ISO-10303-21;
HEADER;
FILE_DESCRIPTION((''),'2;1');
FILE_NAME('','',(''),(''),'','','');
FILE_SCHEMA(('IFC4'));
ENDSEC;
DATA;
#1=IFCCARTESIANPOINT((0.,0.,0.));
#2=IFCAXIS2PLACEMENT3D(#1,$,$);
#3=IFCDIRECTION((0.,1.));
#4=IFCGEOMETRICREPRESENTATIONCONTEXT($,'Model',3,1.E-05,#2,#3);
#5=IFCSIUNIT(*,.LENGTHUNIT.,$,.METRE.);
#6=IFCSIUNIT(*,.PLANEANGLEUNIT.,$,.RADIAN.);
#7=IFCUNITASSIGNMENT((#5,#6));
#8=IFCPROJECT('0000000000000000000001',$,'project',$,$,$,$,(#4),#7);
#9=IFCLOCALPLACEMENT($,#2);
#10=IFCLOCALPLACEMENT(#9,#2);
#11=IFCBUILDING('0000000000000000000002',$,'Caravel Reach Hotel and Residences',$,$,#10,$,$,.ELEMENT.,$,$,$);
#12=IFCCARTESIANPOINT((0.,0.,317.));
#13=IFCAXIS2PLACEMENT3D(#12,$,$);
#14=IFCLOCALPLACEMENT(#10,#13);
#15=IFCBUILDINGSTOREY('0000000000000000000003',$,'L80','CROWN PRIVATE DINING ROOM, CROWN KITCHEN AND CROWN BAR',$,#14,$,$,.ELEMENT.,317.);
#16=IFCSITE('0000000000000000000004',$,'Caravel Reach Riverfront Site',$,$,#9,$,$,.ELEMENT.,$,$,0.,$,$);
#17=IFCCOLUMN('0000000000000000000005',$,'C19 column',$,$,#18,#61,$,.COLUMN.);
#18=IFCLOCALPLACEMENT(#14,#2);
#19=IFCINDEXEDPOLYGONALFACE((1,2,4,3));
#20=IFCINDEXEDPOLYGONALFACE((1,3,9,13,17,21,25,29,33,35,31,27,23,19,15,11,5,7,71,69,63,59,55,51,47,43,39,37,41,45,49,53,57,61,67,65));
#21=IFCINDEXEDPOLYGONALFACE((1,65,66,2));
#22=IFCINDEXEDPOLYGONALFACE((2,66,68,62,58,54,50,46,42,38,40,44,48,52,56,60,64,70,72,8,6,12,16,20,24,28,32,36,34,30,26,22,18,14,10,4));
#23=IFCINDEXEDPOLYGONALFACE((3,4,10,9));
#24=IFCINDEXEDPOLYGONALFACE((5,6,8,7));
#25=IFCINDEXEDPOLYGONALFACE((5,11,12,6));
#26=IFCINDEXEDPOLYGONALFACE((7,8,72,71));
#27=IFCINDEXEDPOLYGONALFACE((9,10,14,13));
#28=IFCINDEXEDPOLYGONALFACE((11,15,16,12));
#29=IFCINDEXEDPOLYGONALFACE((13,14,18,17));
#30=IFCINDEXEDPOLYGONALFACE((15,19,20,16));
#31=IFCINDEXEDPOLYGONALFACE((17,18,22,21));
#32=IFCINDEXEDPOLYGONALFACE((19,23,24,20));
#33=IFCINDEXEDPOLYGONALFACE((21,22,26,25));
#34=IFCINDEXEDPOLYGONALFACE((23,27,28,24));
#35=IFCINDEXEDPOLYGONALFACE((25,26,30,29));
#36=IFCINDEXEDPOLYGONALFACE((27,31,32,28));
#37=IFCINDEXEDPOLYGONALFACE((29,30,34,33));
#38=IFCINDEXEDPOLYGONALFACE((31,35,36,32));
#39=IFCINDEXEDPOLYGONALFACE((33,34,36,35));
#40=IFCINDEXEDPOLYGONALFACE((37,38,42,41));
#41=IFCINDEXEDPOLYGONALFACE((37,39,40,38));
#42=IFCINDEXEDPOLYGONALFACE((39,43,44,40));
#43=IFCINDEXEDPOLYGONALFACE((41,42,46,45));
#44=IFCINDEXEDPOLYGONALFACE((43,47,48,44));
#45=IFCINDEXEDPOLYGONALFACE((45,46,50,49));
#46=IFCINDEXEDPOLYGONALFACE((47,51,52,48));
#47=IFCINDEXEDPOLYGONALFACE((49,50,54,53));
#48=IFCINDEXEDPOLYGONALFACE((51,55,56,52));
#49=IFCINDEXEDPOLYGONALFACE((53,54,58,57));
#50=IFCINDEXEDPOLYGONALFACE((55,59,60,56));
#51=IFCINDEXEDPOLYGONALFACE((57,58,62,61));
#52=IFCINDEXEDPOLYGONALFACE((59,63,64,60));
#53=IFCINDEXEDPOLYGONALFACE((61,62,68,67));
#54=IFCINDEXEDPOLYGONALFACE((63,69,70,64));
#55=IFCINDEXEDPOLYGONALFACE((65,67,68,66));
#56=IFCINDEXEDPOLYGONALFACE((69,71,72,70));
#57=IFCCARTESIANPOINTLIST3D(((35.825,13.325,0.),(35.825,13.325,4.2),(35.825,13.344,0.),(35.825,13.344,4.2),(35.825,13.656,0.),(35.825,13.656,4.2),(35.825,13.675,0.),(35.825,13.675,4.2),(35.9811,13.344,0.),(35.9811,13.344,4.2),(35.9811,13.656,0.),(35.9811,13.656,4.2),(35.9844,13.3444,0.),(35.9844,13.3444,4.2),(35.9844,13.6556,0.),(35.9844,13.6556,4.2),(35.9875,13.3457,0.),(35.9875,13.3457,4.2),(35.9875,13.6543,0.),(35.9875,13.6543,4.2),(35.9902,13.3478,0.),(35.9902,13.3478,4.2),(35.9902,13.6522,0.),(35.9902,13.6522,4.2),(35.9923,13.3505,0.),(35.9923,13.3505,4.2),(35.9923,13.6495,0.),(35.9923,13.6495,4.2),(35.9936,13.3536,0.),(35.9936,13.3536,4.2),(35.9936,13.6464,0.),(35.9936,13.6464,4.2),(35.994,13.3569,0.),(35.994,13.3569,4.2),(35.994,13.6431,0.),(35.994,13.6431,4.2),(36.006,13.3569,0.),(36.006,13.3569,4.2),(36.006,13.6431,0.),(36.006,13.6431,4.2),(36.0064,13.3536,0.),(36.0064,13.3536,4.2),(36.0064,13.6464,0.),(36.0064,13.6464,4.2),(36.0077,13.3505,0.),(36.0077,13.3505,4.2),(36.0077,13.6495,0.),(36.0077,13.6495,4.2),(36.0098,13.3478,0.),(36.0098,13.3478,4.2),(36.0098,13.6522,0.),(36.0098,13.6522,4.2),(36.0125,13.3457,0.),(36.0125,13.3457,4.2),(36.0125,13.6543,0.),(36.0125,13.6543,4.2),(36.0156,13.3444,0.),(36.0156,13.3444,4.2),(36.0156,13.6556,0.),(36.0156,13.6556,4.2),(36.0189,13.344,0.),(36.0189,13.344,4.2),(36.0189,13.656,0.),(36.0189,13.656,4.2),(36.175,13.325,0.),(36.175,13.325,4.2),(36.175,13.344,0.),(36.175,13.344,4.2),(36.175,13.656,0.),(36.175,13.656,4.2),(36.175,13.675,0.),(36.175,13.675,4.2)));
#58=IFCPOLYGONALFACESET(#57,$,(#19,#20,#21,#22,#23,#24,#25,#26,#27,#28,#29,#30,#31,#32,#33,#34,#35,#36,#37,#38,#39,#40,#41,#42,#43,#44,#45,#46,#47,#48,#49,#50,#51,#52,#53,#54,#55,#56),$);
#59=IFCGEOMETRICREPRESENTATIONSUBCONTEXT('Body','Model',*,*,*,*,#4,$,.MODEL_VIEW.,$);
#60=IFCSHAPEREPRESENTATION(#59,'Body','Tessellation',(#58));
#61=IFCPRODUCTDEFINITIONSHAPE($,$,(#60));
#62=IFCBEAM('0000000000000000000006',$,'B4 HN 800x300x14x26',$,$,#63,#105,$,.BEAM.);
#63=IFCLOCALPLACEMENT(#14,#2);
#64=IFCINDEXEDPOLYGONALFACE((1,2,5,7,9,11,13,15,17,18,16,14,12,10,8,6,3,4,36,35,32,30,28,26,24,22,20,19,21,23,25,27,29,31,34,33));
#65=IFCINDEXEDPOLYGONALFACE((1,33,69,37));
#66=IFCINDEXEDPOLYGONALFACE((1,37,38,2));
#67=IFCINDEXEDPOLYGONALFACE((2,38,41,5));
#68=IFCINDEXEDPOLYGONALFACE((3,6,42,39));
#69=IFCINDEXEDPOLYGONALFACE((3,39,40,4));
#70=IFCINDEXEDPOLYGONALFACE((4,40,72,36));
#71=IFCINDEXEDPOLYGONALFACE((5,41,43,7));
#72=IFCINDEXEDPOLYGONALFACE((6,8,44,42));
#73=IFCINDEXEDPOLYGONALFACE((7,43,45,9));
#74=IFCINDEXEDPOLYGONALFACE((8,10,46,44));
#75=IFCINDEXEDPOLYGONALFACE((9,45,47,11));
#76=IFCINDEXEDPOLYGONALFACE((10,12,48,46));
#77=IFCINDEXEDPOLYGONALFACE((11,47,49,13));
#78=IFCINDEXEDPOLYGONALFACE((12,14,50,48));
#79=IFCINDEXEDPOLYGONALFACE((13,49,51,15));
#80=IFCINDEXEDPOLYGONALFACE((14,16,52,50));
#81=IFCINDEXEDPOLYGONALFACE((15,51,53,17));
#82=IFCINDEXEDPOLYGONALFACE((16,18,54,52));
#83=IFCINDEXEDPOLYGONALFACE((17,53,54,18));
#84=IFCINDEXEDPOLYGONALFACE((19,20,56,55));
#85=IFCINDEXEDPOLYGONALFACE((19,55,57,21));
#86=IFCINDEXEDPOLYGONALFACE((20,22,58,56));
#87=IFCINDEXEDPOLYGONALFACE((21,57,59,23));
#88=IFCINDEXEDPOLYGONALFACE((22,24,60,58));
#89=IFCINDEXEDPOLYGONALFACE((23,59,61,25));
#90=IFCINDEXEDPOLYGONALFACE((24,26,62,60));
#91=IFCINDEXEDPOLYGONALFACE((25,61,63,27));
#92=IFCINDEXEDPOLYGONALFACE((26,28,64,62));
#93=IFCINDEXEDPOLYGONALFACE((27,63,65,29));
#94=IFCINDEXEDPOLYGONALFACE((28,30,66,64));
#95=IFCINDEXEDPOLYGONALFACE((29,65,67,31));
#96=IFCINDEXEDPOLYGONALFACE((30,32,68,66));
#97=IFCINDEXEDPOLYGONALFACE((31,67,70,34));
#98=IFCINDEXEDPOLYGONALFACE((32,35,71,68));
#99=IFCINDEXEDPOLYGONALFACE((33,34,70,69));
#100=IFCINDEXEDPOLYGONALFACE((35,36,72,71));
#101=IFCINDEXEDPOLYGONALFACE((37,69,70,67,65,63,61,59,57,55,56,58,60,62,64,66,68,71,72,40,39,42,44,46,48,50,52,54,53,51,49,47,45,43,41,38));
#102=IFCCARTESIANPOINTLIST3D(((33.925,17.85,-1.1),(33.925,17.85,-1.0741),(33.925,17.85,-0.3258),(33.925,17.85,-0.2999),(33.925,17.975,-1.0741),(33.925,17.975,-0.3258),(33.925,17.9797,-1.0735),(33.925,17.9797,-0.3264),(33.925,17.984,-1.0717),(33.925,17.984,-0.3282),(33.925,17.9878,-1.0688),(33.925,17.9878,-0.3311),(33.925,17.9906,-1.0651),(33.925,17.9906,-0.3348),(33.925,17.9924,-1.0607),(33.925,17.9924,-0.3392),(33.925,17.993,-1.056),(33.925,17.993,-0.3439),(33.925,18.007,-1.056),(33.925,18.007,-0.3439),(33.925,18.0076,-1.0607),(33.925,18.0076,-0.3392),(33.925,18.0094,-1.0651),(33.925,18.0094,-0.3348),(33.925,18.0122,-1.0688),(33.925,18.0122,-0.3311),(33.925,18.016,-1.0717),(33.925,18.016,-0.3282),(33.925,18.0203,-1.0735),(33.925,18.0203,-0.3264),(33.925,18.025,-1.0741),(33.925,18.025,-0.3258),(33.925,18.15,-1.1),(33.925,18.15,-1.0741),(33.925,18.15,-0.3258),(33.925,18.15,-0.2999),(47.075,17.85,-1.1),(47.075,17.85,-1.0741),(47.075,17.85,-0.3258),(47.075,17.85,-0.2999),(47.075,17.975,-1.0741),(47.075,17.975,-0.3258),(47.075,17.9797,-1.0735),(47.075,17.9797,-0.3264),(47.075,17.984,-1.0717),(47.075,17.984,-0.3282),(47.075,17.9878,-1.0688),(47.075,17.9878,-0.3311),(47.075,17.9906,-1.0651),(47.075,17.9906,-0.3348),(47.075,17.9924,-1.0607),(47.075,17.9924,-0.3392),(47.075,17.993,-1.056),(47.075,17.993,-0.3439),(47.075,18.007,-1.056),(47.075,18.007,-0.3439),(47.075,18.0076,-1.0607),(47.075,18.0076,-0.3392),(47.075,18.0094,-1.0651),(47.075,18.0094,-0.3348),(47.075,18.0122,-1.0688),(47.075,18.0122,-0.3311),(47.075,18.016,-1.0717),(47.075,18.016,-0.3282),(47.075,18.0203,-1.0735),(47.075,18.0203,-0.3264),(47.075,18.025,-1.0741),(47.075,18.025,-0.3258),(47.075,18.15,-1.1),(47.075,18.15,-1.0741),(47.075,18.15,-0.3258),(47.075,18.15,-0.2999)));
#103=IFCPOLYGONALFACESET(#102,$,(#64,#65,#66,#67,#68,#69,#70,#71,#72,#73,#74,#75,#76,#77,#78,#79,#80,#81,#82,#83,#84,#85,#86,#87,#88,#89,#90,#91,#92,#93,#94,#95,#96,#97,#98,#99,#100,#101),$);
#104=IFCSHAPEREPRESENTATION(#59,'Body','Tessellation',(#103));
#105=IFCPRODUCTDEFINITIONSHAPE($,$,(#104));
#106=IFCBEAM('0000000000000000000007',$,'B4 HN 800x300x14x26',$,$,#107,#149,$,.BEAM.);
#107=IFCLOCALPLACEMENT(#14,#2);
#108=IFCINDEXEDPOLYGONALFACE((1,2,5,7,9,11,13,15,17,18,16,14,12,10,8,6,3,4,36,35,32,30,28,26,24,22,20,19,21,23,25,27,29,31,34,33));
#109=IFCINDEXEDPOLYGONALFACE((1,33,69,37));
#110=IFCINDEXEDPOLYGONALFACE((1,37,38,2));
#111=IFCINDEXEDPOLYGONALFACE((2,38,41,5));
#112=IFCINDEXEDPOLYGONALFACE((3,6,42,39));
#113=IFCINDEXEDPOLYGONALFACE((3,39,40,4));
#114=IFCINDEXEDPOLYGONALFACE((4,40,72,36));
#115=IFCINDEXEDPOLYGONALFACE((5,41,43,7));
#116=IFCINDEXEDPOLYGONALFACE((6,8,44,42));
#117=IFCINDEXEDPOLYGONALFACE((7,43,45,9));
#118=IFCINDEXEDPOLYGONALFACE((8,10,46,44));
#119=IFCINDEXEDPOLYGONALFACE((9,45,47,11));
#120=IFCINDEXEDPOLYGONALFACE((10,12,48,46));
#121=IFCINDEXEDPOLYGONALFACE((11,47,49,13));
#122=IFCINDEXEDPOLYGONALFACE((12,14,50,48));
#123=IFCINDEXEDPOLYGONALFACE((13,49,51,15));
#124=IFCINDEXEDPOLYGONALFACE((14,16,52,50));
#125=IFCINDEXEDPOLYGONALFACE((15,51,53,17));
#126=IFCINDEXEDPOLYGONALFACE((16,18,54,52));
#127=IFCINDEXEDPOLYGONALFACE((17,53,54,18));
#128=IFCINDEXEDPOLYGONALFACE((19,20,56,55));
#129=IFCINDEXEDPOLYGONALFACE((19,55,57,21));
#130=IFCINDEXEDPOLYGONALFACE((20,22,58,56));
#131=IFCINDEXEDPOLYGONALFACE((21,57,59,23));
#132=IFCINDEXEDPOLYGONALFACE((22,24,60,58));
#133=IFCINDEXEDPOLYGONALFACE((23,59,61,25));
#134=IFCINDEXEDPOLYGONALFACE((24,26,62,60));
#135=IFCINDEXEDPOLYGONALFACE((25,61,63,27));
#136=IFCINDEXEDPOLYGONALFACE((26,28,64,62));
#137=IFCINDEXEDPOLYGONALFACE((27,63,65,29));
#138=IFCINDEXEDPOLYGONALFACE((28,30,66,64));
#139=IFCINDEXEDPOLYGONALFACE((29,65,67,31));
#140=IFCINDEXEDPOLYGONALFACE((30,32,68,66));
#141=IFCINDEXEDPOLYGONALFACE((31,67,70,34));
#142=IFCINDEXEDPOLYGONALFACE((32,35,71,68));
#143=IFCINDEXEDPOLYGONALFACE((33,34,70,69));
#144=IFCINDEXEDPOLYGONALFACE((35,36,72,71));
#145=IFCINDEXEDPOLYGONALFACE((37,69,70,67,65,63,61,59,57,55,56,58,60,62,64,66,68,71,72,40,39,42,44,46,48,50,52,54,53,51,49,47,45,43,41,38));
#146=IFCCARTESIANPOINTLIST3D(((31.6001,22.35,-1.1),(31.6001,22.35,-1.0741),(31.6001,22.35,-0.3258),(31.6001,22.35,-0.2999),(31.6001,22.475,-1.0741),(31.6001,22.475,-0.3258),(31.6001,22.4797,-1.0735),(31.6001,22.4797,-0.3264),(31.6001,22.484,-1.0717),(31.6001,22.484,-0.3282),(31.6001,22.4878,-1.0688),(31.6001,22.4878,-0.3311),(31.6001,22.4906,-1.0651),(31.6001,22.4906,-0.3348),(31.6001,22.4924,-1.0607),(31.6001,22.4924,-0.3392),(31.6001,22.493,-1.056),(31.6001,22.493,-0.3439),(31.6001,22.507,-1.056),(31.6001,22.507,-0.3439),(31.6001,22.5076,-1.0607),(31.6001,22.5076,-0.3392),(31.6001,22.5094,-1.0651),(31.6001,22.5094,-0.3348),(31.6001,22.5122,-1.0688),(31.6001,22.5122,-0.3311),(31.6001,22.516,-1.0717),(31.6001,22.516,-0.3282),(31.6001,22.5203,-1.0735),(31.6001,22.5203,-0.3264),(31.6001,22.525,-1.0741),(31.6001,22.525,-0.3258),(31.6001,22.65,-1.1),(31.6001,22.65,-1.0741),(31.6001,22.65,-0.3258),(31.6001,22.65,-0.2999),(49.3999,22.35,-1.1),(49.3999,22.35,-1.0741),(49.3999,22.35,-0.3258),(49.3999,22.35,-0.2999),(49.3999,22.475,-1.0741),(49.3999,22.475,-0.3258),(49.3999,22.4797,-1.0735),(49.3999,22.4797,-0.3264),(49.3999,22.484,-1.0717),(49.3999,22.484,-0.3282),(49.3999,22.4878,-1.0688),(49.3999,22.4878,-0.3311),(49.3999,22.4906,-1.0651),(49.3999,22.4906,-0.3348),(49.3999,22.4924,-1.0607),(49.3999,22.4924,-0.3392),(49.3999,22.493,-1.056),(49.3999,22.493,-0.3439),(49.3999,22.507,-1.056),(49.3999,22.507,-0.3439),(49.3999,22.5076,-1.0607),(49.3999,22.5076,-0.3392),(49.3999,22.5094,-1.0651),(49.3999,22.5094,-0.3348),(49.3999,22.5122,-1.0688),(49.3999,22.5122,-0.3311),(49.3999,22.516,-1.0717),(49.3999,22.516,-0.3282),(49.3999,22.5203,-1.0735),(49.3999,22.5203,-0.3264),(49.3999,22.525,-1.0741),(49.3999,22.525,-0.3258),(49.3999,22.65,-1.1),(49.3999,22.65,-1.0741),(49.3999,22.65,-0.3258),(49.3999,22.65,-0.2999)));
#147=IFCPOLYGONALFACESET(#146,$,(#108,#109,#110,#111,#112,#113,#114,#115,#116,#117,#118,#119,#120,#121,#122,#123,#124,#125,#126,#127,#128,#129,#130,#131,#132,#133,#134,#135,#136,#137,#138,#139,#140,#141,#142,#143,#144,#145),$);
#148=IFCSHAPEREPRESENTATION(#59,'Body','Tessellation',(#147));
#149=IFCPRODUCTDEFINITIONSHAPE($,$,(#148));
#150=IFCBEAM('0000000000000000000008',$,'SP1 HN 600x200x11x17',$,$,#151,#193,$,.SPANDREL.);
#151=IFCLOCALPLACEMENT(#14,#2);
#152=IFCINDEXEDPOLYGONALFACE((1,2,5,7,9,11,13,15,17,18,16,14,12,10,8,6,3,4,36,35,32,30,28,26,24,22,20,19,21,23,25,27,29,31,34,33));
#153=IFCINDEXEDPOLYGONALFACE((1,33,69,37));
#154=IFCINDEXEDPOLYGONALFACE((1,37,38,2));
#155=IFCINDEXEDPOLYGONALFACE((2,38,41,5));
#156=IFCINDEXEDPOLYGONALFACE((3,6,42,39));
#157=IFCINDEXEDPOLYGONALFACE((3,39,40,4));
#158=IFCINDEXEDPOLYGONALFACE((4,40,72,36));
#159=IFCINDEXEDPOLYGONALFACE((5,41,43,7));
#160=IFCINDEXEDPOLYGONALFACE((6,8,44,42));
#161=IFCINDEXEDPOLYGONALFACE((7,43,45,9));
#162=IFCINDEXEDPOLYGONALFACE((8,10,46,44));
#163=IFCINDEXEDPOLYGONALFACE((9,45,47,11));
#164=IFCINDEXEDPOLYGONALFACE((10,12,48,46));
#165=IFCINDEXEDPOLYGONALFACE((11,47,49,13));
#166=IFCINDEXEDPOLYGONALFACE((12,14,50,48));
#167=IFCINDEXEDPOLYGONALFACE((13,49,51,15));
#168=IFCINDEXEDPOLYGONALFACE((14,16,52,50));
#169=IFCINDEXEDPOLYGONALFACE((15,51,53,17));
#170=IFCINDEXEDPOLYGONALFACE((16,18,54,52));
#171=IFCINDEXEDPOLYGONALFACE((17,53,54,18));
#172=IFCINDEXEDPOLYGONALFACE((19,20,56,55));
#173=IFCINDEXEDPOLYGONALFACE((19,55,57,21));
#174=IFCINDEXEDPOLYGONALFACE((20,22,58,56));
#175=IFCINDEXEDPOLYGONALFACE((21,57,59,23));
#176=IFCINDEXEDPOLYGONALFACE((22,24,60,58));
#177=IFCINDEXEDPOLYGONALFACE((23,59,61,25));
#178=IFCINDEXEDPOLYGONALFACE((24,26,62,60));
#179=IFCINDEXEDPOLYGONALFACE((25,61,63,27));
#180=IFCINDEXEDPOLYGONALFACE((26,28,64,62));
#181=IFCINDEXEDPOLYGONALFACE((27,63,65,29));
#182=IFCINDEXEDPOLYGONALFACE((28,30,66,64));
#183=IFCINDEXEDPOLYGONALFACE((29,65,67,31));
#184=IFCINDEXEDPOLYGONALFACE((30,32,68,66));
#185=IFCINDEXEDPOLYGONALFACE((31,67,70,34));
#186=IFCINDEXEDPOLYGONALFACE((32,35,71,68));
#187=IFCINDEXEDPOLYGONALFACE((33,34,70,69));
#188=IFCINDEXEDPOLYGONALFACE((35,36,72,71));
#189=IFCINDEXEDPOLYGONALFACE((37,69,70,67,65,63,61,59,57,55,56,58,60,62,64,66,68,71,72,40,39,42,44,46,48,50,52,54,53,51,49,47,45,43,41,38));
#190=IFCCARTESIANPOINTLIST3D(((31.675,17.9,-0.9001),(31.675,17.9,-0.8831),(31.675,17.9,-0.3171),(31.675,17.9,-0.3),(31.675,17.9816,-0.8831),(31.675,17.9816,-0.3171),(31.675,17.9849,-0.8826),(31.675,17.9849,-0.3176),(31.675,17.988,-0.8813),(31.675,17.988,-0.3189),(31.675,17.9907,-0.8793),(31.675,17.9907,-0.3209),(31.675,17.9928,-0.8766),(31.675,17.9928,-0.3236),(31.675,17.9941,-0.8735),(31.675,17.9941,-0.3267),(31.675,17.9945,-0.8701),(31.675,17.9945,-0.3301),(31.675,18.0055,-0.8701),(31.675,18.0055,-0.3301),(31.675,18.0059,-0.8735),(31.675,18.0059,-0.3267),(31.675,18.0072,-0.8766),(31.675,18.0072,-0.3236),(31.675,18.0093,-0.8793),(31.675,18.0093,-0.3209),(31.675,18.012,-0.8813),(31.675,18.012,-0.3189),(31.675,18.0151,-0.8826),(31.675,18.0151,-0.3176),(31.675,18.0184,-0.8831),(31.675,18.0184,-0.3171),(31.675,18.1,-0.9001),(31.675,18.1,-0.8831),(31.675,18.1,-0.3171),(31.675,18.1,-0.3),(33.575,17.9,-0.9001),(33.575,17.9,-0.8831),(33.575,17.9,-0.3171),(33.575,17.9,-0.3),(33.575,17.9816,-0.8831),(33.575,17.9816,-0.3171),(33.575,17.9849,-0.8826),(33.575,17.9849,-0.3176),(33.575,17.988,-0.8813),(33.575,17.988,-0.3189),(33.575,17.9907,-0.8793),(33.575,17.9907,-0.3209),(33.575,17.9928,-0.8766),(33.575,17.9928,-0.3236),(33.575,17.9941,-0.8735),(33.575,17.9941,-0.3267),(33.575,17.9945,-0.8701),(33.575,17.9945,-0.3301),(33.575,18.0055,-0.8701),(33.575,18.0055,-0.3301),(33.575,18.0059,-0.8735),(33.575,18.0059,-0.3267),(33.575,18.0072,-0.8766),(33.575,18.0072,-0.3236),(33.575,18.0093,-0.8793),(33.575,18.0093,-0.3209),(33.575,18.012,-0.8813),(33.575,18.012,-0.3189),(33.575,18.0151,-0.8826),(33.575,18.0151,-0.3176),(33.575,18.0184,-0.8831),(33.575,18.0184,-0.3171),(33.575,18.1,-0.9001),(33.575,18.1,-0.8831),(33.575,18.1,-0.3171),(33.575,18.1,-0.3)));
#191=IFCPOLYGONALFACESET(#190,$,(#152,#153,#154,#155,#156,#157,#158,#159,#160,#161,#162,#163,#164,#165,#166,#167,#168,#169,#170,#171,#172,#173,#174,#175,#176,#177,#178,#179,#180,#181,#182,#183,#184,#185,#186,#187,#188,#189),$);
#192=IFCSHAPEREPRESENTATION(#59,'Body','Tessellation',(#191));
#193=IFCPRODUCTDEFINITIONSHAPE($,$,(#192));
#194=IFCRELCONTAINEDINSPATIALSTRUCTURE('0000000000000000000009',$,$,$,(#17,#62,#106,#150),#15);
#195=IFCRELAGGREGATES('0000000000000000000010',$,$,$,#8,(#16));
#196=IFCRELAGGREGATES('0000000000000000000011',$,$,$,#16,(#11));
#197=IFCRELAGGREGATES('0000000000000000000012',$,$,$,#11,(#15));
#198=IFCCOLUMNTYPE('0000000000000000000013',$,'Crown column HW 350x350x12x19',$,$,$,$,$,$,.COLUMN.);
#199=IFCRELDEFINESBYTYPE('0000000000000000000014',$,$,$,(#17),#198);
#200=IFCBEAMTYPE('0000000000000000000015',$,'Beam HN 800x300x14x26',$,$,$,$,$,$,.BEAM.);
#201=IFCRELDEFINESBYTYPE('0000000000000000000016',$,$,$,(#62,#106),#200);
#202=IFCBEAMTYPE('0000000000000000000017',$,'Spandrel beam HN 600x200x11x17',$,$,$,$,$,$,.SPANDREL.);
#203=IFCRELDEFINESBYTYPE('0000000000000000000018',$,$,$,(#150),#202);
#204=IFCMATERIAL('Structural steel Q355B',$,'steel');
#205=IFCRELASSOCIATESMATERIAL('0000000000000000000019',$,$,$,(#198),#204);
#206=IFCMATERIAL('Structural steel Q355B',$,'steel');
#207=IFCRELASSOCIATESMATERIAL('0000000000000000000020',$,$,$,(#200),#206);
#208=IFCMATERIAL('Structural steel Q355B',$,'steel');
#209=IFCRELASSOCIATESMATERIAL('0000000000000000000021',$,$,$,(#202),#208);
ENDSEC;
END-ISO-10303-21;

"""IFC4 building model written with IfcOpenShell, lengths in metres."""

from ifc_helpers import new_model, si_unit, direction, frame, origin, origin_2d, place, context, subcontext, project, spatial, i_section, extrude, material, material_profile, profile_set, type_object, element, save


model = new_model("IFC4")

# Units and contexts
model_context = context("Model", 3, precision=1e-05, world=origin(), true_north=direction((0.0, 1.0)))
body_context = subcontext(model_context, "Body", "Model", "MODEL_VIEW")
ifc_project = project(units=[si_unit("LENGTHUNIT", "METRE"), si_unit("PLANEANGLEUNIT", "RADIAN")], contexts=[model_context])

# Site, building, storey
site_placement = place(None, origin())
site = spatial("IfcSite", under=ifc_project, at=site_placement, Name="Caravel Reach Riverfront Site", CompositionType="ELEMENT", RefElevation=0.0)
building_placement = place(site_placement, origin())
building = spatial("IfcBuilding", under=site, at=building_placement, Name="Caravel Reach Hotel and Residences", CompositionType="ELEMENT")
storey_placement = place(building_placement, frame((0.0, 0.0, 317.0)))
storey = spatial("IfcBuildingStorey", under=building, at=storey_placement, Name="L80", Description="CROWN PRIVATE DINING ROOM, CROWN KITCHEN AND CROWN BAR", CompositionType="ELEMENT", Elevation=317.0)

# Column
ifc_material_1 = material(Name="Structural steel Q355B", Category="steel")
ifc_material_profile_1 = material_profile(ifc_material_1, i_section(OverallWidth=0.3501, OverallDepth=0.3501, WebThickness=0.012, FlangeThickness=0.019, FilletRadius=0.0129, at=origin_2d()), Name="HW 350x350x12x19")
ifc_profile_set_1 = profile_set([ifc_material_profile_1], Name="Structural steel Q355B")
column_type = type_object("IfcColumnType", Name="Crown column HW 350x350x12x19", PredefinedType="COLUMN", material=ifc_profile_set_1)
for number, where, z_axis, x_axis, name in (
    (1, (36.0, 13.5, 0.0), (0.0, 0.0, 1.0), (1.0, 0.0, 0.0), "C19 column"),
):
    element("IfcColumn", number, at=place(storey_placement, frame(where, z_axis=z_axis, x_axis=x_axis)), inside=storey, type_object=column_type, Name=name, PredefinedType="COLUMN", context=body_context, shape_type="SweptSolid", body=[
        extrude(i_section(OverallWidth=0.3501, OverallDepth=0.3501, WebThickness=0.012, FlangeThickness=0.019, FilletRadius=0.0129, at=origin_2d()), origin(), (0.0, 0.0, 1.0), 4.2),
    ])

# Beams
ifc_material_2 = material(Name="Structural steel Q355B", Category="steel")
ifc_material_profile_2 = material_profile(ifc_material_2, i_section(OverallWidth=0.3, OverallDepth=0.8, WebThickness=0.0139, FlangeThickness=0.0259, FilletRadius=0.0181, at=origin_2d()), Name="HN 800x300x14x26")
ifc_profile_set_2 = profile_set([ifc_material_profile_2], Name="Structural steel Q355B")
beam_type_1 = type_object("IfcBeamType", Name="Beam HN 800x300x14x26", PredefinedType="BEAM", material=ifc_profile_set_2)
beam_1_placement = place(storey_placement, frame((33.925, 18.0, -0.7), z_axis=(1.0, 0.0, 0.0), x_axis=(0.0, 1.0, 0.0)))
element("IfcBeam", 2, at=beam_1_placement, inside=storey, type_object=beam_type_1, Name="B4 HN 800x300x14x26", PredefinedType="BEAM", context=body_context, shape_type="SweptSolid", body=[
    extrude(i_section(OverallWidth=0.3, OverallDepth=0.8, WebThickness=0.0139, FlangeThickness=0.0259, FilletRadius=0.0181, at=origin_2d()), origin(), (0.0, 0.0, 1.0), 13.1499),
])
beam_2_placement = place(storey_placement, frame((31.6001, 22.5, -0.7), z_axis=(1.0, 0.0, 0.0), x_axis=(0.0, 1.0, 0.0)))
element("IfcBeam", 3, at=beam_2_placement, inside=storey, type_object=beam_type_1, Name="B4 HN 800x300x14x26", PredefinedType="BEAM", context=body_context, shape_type="SweptSolid", body=[
    extrude(i_section(OverallWidth=0.3, OverallDepth=0.8, WebThickness=0.0139, FlangeThickness=0.0259, FilletRadius=0.0181, at=origin_2d()), origin(), (0.0, 0.0, 1.0), 17.7998),
])
ifc_material_3 = material(Name="Structural steel Q355B", Category="steel")
ifc_material_profile_3 = material_profile(ifc_material_3, i_section(OverallWidth=0.2, OverallDepth=0.6001, WebThickness=0.011, FlangeThickness=0.0171, FilletRadius=0.0129, at=origin_2d()), Name="HN 600x200x11x17")
ifc_profile_set_3 = profile_set([ifc_material_profile_3], Name="Structural steel Q355B")
beam_type_2 = type_object("IfcBeamType", Name="Spandrel beam HN 600x200x11x17", PredefinedType="SPANDREL", material=ifc_profile_set_3)
for number, where, z_axis, x_axis, name in (
    (4, (31.675, 18.0, -0.6001), (1.0, 0.0, 0.0), (0.0, 1.0, 0.0), "SP1 HN 600x200x11x17"),
):
    element("IfcBeam", number, at=place(storey_placement, frame(where, z_axis=z_axis, x_axis=x_axis)), inside=storey, type_object=beam_type_2, Name=name, PredefinedType="SPANDREL", context=body_context, shape_type="SweptSolid", body=[
        extrude(i_section(OverallWidth=0.2, OverallDepth=0.6001, WebThickness=0.011, FlangeThickness=0.0171, FilletRadius=0.0129, at=origin_2d()), origin(), (0.0, 0.0, 1.0), 1.8999),
    ])

save(model, "model.ifc")
